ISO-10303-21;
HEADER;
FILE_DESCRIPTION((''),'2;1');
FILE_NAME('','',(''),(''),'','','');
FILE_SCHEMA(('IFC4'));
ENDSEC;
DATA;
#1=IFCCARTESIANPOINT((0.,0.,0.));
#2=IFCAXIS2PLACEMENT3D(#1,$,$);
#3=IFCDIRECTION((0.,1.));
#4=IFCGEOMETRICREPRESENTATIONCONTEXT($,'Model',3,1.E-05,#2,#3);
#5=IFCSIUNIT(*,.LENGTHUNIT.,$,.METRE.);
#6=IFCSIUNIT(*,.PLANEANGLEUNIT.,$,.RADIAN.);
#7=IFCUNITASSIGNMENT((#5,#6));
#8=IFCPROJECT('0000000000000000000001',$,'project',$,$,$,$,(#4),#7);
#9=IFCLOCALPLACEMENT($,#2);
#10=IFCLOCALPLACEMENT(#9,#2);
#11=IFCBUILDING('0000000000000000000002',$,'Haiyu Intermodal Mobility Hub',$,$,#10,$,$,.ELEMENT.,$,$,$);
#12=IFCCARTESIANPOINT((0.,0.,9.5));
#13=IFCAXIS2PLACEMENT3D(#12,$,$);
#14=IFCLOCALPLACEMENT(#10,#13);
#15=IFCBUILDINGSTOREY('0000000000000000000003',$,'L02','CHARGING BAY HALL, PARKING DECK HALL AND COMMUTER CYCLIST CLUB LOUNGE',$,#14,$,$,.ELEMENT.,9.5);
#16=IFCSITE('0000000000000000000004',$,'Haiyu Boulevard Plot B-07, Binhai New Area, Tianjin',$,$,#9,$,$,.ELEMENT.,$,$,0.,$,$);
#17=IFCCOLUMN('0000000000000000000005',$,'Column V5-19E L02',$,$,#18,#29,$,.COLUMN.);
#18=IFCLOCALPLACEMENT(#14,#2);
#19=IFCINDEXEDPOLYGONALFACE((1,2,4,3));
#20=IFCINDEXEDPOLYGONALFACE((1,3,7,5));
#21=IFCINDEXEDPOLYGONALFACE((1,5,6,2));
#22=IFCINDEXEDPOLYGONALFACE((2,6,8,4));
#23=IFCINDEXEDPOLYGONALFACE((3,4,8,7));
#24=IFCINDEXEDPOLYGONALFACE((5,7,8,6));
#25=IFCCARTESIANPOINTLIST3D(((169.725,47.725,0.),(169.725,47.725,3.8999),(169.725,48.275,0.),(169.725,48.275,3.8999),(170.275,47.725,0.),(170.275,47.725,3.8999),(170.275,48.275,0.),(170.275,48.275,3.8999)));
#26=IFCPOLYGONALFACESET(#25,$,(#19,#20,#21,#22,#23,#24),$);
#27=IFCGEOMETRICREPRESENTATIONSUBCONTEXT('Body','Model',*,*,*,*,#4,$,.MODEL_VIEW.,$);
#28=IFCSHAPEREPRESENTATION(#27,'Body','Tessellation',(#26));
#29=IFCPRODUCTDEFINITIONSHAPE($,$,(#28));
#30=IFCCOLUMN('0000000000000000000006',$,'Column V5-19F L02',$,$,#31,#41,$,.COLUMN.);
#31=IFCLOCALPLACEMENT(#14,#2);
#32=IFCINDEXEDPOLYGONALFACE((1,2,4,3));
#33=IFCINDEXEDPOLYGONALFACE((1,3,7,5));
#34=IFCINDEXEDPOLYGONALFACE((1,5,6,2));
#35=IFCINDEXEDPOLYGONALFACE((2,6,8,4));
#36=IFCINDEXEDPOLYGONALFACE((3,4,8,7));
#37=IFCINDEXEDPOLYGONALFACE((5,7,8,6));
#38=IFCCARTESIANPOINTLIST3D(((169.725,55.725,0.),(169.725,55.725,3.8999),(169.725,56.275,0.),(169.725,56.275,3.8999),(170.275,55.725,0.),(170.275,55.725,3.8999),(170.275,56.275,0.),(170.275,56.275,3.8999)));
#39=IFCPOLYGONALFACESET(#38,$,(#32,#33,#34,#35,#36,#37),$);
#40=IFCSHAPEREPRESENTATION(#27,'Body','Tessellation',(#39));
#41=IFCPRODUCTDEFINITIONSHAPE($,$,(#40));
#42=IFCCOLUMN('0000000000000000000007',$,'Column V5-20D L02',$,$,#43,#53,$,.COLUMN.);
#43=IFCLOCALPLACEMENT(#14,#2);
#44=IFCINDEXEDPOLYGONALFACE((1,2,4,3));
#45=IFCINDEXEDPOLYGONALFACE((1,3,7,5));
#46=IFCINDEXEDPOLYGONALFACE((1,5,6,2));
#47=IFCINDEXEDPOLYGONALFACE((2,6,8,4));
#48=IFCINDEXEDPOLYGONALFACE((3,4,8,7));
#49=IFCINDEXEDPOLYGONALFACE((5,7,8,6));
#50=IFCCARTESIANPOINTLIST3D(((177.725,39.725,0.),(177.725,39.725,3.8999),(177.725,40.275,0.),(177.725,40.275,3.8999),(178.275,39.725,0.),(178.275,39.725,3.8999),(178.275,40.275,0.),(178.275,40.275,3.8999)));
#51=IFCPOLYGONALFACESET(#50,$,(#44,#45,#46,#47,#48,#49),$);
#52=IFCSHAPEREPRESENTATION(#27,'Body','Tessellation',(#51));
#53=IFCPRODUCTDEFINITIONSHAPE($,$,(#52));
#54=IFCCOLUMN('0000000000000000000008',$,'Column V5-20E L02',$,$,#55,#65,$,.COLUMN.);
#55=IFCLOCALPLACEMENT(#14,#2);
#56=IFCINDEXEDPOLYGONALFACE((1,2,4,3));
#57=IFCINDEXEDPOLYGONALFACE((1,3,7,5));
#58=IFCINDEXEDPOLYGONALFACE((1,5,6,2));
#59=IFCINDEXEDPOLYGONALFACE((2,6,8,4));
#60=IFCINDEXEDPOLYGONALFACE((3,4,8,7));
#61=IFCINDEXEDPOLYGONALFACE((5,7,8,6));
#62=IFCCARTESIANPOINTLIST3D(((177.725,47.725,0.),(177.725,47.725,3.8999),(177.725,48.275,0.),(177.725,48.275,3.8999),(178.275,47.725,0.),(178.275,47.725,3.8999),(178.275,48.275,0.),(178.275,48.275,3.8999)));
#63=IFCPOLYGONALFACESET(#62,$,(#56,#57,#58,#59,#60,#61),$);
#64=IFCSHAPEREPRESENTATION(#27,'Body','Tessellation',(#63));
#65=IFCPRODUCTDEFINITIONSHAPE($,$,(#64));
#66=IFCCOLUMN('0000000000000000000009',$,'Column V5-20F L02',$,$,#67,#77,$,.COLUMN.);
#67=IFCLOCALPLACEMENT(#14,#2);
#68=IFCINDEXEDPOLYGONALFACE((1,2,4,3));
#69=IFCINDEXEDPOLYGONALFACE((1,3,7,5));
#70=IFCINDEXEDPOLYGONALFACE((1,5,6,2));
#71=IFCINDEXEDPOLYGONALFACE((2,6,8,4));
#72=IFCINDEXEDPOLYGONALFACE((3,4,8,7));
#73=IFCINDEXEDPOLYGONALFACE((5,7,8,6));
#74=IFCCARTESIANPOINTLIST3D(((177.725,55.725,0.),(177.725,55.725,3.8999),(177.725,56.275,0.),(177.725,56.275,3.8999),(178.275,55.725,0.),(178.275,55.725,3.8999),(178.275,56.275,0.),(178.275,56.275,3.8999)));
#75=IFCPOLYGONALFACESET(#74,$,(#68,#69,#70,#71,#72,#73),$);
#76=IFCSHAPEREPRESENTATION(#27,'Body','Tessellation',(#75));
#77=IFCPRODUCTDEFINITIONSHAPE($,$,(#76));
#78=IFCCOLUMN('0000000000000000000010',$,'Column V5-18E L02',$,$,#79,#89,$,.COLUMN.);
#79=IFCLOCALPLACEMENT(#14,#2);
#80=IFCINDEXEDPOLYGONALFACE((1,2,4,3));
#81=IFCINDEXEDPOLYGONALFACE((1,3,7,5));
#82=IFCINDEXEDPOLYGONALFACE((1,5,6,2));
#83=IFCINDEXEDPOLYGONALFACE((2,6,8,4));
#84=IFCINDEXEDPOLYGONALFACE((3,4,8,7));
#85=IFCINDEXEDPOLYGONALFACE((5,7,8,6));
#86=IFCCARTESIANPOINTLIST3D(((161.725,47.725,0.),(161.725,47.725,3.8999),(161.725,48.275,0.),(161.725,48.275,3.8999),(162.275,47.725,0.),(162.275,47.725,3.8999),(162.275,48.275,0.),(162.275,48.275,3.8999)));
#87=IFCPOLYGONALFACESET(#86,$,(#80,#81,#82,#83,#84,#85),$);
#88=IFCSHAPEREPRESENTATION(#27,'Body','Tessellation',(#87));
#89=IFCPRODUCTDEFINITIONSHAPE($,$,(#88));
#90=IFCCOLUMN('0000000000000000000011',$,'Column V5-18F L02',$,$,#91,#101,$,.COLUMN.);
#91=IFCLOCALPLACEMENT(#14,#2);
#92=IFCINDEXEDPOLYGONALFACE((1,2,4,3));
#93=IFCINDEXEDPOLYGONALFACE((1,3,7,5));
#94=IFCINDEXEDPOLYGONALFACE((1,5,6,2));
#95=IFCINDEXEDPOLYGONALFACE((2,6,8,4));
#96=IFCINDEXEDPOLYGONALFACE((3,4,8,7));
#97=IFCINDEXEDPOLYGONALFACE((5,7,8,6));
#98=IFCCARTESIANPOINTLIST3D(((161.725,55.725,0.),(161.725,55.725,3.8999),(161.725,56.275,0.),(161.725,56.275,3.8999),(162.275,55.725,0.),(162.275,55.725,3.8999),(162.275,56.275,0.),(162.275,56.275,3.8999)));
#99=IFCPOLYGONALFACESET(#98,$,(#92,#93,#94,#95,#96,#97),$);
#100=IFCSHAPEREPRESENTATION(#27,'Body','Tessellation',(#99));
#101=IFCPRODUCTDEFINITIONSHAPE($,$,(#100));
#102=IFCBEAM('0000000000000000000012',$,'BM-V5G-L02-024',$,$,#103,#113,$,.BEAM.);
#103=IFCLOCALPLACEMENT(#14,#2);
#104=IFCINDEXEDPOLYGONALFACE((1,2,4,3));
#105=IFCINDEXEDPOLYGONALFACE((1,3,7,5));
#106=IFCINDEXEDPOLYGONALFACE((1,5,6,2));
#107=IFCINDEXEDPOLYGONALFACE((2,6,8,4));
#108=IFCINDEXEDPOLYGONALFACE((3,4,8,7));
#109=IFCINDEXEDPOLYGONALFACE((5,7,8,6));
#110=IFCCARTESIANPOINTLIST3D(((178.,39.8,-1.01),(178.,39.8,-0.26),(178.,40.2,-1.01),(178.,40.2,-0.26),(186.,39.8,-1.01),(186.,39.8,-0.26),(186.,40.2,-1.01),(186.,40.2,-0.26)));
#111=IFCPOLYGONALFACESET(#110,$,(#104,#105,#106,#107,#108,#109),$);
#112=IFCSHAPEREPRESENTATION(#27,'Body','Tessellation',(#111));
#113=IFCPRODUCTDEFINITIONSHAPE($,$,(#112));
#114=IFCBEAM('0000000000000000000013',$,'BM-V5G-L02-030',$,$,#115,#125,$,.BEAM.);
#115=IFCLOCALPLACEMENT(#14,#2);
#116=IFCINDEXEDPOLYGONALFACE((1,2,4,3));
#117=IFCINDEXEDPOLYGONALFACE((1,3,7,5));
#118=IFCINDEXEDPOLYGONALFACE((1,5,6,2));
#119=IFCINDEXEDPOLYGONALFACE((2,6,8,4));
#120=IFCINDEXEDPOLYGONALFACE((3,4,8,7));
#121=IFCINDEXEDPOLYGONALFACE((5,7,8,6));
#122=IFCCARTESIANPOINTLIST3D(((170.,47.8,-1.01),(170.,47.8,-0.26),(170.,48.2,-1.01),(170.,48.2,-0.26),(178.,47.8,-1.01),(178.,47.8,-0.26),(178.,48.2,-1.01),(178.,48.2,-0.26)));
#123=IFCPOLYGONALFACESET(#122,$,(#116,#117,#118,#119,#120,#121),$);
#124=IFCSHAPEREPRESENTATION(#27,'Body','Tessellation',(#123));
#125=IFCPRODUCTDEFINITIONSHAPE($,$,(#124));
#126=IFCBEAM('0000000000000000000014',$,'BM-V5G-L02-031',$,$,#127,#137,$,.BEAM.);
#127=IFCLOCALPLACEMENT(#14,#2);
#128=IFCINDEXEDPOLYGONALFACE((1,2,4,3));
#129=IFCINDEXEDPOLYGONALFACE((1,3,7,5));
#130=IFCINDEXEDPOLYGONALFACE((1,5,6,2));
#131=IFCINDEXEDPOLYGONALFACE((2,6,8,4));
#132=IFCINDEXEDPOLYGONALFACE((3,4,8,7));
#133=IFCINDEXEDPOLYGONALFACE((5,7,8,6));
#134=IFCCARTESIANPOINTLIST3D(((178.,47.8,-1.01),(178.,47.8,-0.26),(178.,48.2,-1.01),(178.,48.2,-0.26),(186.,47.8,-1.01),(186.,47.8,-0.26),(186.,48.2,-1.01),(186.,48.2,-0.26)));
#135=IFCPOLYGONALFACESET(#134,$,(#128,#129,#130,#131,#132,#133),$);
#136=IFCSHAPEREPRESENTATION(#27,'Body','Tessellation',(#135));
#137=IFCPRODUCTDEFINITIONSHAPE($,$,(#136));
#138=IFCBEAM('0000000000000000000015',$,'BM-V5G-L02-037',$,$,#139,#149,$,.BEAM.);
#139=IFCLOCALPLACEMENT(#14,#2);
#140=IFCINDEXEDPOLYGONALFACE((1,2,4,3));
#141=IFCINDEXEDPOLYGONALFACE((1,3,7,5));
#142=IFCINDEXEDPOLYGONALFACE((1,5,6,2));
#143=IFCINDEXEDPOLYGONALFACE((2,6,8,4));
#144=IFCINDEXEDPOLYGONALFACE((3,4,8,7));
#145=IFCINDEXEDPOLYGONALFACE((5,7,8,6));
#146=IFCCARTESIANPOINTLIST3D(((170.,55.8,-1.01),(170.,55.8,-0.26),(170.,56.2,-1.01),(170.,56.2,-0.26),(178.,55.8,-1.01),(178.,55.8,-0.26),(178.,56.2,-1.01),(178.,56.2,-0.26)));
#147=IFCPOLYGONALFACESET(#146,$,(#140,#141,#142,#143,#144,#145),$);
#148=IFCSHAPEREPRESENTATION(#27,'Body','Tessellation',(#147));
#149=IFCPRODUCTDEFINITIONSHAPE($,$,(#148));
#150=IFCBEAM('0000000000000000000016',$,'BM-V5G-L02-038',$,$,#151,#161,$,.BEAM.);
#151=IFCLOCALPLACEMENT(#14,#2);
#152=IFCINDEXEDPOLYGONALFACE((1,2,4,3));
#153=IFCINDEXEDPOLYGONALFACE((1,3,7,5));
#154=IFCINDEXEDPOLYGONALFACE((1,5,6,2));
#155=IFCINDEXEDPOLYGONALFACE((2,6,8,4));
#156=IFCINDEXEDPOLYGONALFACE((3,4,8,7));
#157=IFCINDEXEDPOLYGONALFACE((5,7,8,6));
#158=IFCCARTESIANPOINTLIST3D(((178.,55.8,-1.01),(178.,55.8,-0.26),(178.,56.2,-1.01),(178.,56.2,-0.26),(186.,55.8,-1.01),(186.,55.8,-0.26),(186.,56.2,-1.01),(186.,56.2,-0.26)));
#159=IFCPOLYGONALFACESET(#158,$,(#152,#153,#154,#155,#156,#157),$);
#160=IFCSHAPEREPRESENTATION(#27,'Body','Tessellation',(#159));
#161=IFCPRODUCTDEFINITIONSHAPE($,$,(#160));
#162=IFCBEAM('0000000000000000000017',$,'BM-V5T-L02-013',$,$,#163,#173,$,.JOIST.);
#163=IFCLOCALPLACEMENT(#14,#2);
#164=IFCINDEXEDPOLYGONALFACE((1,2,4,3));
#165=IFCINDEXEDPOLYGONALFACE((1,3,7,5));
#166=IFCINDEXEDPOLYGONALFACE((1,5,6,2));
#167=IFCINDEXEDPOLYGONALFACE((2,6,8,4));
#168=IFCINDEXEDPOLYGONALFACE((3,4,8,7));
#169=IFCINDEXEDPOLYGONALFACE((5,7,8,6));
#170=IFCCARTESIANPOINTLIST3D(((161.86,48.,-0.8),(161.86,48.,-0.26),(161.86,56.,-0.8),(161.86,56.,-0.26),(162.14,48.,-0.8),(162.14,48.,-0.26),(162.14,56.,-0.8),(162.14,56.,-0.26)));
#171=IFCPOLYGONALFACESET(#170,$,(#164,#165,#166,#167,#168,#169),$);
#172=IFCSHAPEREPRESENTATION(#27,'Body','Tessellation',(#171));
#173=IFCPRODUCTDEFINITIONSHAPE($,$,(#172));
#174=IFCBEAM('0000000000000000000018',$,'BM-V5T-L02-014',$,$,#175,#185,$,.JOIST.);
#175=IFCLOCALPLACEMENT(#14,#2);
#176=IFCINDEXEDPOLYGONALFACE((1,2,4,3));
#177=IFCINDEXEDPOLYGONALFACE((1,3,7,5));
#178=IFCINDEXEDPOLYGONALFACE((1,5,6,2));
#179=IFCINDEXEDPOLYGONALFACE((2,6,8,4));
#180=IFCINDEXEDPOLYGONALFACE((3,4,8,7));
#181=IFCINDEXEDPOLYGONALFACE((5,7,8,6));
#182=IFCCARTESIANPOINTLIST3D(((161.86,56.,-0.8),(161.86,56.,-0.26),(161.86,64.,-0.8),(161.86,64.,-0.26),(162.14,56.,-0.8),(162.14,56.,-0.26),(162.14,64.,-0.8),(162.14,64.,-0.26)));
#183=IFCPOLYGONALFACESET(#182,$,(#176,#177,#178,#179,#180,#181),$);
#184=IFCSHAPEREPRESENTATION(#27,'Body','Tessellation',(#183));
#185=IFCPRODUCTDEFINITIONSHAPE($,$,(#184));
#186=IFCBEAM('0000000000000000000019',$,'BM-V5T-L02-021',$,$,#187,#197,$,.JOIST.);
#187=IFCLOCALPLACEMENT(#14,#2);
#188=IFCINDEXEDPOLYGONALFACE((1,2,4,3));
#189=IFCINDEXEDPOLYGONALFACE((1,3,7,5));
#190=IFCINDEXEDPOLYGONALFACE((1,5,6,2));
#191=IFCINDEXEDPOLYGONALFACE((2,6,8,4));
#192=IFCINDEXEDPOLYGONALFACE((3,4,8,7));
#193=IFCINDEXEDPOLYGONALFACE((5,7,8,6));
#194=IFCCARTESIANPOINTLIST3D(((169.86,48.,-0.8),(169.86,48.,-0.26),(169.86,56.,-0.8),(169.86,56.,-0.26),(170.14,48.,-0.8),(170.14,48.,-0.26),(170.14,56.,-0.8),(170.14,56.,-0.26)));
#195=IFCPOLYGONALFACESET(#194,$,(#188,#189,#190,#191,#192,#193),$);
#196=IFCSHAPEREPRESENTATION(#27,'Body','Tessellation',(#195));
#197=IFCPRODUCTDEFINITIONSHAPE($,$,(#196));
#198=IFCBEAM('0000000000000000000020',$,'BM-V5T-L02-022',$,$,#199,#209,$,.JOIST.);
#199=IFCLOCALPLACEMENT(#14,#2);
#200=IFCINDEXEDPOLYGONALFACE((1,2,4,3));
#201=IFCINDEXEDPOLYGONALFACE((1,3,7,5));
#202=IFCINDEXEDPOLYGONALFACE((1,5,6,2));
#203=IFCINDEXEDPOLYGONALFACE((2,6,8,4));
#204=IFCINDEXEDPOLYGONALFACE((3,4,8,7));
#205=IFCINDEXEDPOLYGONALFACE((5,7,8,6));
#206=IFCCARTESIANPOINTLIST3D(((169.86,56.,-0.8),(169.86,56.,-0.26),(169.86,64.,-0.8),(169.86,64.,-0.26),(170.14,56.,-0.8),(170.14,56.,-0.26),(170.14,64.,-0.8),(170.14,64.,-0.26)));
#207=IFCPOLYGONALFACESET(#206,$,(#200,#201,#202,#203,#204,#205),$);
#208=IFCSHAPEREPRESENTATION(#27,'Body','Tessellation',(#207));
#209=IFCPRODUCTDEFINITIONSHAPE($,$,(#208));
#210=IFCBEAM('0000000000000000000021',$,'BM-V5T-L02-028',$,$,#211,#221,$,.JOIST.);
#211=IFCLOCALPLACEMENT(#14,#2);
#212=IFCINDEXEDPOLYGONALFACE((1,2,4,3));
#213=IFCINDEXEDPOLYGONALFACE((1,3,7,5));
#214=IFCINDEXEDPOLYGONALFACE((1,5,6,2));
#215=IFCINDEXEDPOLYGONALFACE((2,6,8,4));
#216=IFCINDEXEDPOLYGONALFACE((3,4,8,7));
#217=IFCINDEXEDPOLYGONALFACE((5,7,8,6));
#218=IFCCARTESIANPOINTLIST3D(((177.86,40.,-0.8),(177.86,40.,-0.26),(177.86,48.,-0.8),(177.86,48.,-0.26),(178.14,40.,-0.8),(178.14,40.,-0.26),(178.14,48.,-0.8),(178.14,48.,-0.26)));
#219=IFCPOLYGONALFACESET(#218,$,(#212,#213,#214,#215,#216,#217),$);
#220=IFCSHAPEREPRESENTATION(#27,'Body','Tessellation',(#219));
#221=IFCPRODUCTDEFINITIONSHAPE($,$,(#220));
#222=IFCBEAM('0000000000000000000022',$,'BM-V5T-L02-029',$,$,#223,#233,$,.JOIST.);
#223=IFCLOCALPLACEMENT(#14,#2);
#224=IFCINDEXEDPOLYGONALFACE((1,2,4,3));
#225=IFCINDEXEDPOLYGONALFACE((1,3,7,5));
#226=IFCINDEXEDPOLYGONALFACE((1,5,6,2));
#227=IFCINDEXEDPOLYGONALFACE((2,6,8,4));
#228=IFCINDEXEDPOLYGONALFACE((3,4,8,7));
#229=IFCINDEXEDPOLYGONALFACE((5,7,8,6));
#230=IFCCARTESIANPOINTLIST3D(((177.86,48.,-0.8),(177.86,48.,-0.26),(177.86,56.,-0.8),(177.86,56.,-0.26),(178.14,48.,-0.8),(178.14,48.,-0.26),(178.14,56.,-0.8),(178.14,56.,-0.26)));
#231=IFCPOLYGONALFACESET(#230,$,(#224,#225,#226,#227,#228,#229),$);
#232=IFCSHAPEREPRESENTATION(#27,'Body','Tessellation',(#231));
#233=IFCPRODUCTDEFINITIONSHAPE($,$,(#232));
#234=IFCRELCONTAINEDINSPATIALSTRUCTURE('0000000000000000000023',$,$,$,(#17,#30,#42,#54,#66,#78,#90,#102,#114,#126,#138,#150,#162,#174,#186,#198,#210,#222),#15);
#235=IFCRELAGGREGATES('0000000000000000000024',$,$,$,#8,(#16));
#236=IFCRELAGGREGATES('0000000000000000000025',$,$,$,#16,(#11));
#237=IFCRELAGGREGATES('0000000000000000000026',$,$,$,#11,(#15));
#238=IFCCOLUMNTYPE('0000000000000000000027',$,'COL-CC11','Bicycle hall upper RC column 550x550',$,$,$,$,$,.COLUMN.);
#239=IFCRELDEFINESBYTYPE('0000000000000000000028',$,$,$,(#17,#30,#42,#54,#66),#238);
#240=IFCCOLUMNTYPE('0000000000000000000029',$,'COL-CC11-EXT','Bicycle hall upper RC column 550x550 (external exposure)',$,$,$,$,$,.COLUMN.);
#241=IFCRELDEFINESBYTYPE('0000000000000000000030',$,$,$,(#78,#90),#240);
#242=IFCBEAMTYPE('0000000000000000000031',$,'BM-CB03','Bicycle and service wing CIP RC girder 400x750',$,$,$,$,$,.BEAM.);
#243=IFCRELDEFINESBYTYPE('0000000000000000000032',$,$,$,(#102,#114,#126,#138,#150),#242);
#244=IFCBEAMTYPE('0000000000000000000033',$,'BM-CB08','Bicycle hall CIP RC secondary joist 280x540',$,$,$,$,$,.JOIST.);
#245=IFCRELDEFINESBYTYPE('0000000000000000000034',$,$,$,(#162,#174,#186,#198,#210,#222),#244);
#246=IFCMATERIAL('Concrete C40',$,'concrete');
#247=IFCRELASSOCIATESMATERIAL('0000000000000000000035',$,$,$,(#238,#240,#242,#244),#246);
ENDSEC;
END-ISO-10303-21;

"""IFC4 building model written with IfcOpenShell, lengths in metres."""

from ifc_helpers import new_model, si_unit, direction, frame, origin, origin_2d, place, context, subcontext, project, spatial, rectangle, extrude, material, material_profile, profile_set, type_object, element, save


model = new_model("IFC4")

# Units and contexts
model_context = context("Model", 3, precision=1e-05, world=origin(), true_north=direction((0.0, 1.0)))
body_context = subcontext(model_context, "Body", "Model", "MODEL_VIEW")
ifc_project = project(units=[si_unit("LENGTHUNIT", "METRE"), si_unit("PLANEANGLEUNIT", "RADIAN")], contexts=[model_context])

# Site, building, storey
site_placement = place(None, origin())
site = spatial("IfcSite", under=ifc_project, at=site_placement, Name="Haiyu Boulevard Plot B-07, Binhai New Area, Tianjin", CompositionType="ELEMENT", RefElevation=0.0)
building_placement = place(site_placement, origin())
building = spatial("IfcBuilding", under=site, at=building_placement, Name="Haiyu Intermodal Mobility Hub", CompositionType="ELEMENT")
storey_placement = place(building_placement, frame((0.0, 0.0, 9.5)))
storey = spatial("IfcBuildingStorey", under=building, at=storey_placement, Name="L02", Description="CHARGING BAY HALL, PARKING DECK HALL AND COMMUTER CYCLIST CLUB LOUNGE", CompositionType="ELEMENT", Elevation=9.5)

# Columns
ifc_material_1 = material(Name="Concrete C40", Category="concrete")
ifc_material_profile_1 = material_profile(ifc_material_1, rectangle(XDim=0.55, YDim=0.55, at=origin_2d()), Name="RC550x550")
ifc_profile_set_1 = profile_set([ifc_material_profile_1], Name="Concrete C40")
column_type_1 = type_object("IfcColumnType", Name="COL-CC11", Description="Bicycle hall upper RC column 550x550", PredefinedType="COLUMN", material=ifc_profile_set_1)
for number, where, z_axis, x_axis, name in (
    (1, (170.0, 48.0, 0.0), (0.0, 0.0, 1.0), (1.0, 0.0, 0.0), "Column V5-19E L02"),
    (2, (170.0, 56.0, 0.0), (0.0, 0.0, 1.0), (1.0, 0.0, 0.0), "Column V5-19F L02"),
    (3, (178.0, 40.0, 0.0), (0.0, 0.0, 1.0), (1.0, 0.0, 0.0), "Column V5-20D L02"),
    (4, (178.0, 48.0, 0.0), (0.0, 0.0, 1.0), (1.0, 0.0, 0.0), "Column V5-20E L02"),
    (5, (178.0, 56.0, 0.0), (0.0, 0.0, 1.0), (1.0, 0.0, 0.0), "Column V5-20F L02"),
):
    element("IfcColumn", number, at=place(storey_placement, frame(where, z_axis=z_axis, x_axis=x_axis)), inside=storey, type_object=column_type_1, Name=name, PredefinedType="COLUMN", context=body_context, shape_type="SweptSolid", body=[
        extrude(rectangle(XDim=0.55, YDim=0.55, at=origin_2d()), origin(), (0.0, 0.0, 1.0), 3.8999),
    ])
ifc_material_profile_2 = material_profile(ifc_material_1, rectangle(XDim=0.55, YDim=0.55, at=origin_2d()), Name="RC550x550")
ifc_profile_set_2 = profile_set([ifc_material_profile_2], Name="Concrete C40")
column_type_2 = type_object("IfcColumnType", Name="COL-CC11-EXT", Description="Bicycle hall upper RC column 550x550 (external exposure)", PredefinedType="COLUMN", material=ifc_profile_set_2)
for number, where, z_axis, x_axis, name in (
    (6, (162.0, 48.0, 0.0), (0.0, 0.0, 1.0), (1.0, 0.0, 0.0), "Column V5-18E L02"),
    (7, (162.0, 56.0, 0.0), (0.0, 0.0, 1.0), (1.0, 0.0, 0.0), "Column V5-18F L02"),
):
    element("IfcColumn", number, at=place(storey_placement, frame(where, z_axis=z_axis, x_axis=x_axis)), inside=storey, type_object=column_type_2, Name=name, PredefinedType="COLUMN", context=body_context, shape_type="SweptSolid", body=[
        extrude(rectangle(XDim=0.55, YDim=0.55, at=origin_2d()), origin(), (0.0, 0.0, 1.0), 3.8999),
    ])

# Beams
ifc_material_profile_3 = material_profile(ifc_material_1, rectangle(XDim=0.3999, YDim=0.75, at=origin_2d()), Name="RCB400x750")
ifc_profile_set_3 = profile_set([ifc_material_profile_3], Name="Concrete C40")
beam_type_1 = type_object("IfcBeamType", Name="BM-CB03", Description="Bicycle and service wing CIP RC girder 400x750", PredefinedType="BEAM", material=ifc_profile_set_3)
for number, where, z_axis, x_axis, name in (
    (8, (178.0, 40.0, -0.635), (1.0, 0.0, 0.0), (0.0, 1.0, 0.0), "BM-V5G-L02-024"),
    (9, (170.0, 48.0, -0.635), (1.0, 0.0, 0.0), (0.0, 1.0, 0.0), "BM-V5G-L02-030"),
    (10, (178.0, 48.0, -0.635), (1.0, 0.0, 0.0), (0.0, 1.0, 0.0), "BM-V5G-L02-031"),
    (11, (170.0, 56.0, -0.635), (1.0, 0.0, 0.0), (0.0, 1.0, 0.0), "BM-V5G-L02-037"),
    (12, (178.0, 56.0, -0.635), (1.0, 0.0, 0.0), (0.0, 1.0, 0.0), "BM-V5G-L02-038"),
):
    element("IfcBeam", number, at=place(storey_placement, frame(where, z_axis=z_axis, x_axis=x_axis)), inside=storey, type_object=beam_type_1, Name=name, PredefinedType="BEAM", context=body_context, shape_type="SweptSolid", body=[
        extrude(rectangle(XDim=0.3999, YDim=0.75, at=origin_2d()), origin(), (0.0, 0.0, 1.0), 8.0),
    ])
ifc_material_profile_4 = material_profile(ifc_material_1, rectangle(XDim=0.28, YDim=0.54, at=origin_2d()), Name="RCB280x540")
ifc_profile_set_4 = profile_set([ifc_material_profile_4], Name="Concrete C40")
beam_type_2 = type_object("IfcBeamType", Name="BM-CB08", Description="Bicycle hall CIP RC secondary joist 280x540", PredefinedType="JOIST", material=ifc_profile_set_4)
for number, where, z_axis, x_axis, name in (
    (13, (162.0, 48.0, -0.53), (0.0, 1.0, 0.0), (-1.0, 0.0, 0.0), "BM-V5T-L02-013"),
    (14, (162.0, 56.0, -0.53), (0.0, 1.0, 0.0), (-1.0, 0.0, 0.0), "BM-V5T-L02-014"),
    (15, (170.0, 48.0, -0.53), (0.0, 1.0, 0.0), (-1.0, 0.0, 0.0), "BM-V5T-L02-021"),
    (16, (170.0, 56.0, -0.53), (0.0, 1.0, 0.0), (-1.0, 0.0, 0.0), "BM-V5T-L02-022"),
    (17, (178.0, 40.0, -0.53), (0.0, 1.0, 0.0), (-1.0, 0.0, 0.0), "BM-V5T-L02-028"),
    (18, (178.0, 48.0, -0.53), (0.0, 1.0, 0.0), (-1.0, 0.0, 0.0), "BM-V5T-L02-029"),
):
    element("IfcBeam", number, at=place(storey_placement, frame(where, z_axis=z_axis, x_axis=x_axis)), inside=storey, type_object=beam_type_2, Name=name, PredefinedType="JOIST", context=body_context, shape_type="SweptSolid", body=[
        extrude(rectangle(XDim=0.28, YDim=0.54, at=origin_2d()), origin(), (0.0, 0.0, 1.0), 8.0),
    ])

save(model, "model.ifc")
